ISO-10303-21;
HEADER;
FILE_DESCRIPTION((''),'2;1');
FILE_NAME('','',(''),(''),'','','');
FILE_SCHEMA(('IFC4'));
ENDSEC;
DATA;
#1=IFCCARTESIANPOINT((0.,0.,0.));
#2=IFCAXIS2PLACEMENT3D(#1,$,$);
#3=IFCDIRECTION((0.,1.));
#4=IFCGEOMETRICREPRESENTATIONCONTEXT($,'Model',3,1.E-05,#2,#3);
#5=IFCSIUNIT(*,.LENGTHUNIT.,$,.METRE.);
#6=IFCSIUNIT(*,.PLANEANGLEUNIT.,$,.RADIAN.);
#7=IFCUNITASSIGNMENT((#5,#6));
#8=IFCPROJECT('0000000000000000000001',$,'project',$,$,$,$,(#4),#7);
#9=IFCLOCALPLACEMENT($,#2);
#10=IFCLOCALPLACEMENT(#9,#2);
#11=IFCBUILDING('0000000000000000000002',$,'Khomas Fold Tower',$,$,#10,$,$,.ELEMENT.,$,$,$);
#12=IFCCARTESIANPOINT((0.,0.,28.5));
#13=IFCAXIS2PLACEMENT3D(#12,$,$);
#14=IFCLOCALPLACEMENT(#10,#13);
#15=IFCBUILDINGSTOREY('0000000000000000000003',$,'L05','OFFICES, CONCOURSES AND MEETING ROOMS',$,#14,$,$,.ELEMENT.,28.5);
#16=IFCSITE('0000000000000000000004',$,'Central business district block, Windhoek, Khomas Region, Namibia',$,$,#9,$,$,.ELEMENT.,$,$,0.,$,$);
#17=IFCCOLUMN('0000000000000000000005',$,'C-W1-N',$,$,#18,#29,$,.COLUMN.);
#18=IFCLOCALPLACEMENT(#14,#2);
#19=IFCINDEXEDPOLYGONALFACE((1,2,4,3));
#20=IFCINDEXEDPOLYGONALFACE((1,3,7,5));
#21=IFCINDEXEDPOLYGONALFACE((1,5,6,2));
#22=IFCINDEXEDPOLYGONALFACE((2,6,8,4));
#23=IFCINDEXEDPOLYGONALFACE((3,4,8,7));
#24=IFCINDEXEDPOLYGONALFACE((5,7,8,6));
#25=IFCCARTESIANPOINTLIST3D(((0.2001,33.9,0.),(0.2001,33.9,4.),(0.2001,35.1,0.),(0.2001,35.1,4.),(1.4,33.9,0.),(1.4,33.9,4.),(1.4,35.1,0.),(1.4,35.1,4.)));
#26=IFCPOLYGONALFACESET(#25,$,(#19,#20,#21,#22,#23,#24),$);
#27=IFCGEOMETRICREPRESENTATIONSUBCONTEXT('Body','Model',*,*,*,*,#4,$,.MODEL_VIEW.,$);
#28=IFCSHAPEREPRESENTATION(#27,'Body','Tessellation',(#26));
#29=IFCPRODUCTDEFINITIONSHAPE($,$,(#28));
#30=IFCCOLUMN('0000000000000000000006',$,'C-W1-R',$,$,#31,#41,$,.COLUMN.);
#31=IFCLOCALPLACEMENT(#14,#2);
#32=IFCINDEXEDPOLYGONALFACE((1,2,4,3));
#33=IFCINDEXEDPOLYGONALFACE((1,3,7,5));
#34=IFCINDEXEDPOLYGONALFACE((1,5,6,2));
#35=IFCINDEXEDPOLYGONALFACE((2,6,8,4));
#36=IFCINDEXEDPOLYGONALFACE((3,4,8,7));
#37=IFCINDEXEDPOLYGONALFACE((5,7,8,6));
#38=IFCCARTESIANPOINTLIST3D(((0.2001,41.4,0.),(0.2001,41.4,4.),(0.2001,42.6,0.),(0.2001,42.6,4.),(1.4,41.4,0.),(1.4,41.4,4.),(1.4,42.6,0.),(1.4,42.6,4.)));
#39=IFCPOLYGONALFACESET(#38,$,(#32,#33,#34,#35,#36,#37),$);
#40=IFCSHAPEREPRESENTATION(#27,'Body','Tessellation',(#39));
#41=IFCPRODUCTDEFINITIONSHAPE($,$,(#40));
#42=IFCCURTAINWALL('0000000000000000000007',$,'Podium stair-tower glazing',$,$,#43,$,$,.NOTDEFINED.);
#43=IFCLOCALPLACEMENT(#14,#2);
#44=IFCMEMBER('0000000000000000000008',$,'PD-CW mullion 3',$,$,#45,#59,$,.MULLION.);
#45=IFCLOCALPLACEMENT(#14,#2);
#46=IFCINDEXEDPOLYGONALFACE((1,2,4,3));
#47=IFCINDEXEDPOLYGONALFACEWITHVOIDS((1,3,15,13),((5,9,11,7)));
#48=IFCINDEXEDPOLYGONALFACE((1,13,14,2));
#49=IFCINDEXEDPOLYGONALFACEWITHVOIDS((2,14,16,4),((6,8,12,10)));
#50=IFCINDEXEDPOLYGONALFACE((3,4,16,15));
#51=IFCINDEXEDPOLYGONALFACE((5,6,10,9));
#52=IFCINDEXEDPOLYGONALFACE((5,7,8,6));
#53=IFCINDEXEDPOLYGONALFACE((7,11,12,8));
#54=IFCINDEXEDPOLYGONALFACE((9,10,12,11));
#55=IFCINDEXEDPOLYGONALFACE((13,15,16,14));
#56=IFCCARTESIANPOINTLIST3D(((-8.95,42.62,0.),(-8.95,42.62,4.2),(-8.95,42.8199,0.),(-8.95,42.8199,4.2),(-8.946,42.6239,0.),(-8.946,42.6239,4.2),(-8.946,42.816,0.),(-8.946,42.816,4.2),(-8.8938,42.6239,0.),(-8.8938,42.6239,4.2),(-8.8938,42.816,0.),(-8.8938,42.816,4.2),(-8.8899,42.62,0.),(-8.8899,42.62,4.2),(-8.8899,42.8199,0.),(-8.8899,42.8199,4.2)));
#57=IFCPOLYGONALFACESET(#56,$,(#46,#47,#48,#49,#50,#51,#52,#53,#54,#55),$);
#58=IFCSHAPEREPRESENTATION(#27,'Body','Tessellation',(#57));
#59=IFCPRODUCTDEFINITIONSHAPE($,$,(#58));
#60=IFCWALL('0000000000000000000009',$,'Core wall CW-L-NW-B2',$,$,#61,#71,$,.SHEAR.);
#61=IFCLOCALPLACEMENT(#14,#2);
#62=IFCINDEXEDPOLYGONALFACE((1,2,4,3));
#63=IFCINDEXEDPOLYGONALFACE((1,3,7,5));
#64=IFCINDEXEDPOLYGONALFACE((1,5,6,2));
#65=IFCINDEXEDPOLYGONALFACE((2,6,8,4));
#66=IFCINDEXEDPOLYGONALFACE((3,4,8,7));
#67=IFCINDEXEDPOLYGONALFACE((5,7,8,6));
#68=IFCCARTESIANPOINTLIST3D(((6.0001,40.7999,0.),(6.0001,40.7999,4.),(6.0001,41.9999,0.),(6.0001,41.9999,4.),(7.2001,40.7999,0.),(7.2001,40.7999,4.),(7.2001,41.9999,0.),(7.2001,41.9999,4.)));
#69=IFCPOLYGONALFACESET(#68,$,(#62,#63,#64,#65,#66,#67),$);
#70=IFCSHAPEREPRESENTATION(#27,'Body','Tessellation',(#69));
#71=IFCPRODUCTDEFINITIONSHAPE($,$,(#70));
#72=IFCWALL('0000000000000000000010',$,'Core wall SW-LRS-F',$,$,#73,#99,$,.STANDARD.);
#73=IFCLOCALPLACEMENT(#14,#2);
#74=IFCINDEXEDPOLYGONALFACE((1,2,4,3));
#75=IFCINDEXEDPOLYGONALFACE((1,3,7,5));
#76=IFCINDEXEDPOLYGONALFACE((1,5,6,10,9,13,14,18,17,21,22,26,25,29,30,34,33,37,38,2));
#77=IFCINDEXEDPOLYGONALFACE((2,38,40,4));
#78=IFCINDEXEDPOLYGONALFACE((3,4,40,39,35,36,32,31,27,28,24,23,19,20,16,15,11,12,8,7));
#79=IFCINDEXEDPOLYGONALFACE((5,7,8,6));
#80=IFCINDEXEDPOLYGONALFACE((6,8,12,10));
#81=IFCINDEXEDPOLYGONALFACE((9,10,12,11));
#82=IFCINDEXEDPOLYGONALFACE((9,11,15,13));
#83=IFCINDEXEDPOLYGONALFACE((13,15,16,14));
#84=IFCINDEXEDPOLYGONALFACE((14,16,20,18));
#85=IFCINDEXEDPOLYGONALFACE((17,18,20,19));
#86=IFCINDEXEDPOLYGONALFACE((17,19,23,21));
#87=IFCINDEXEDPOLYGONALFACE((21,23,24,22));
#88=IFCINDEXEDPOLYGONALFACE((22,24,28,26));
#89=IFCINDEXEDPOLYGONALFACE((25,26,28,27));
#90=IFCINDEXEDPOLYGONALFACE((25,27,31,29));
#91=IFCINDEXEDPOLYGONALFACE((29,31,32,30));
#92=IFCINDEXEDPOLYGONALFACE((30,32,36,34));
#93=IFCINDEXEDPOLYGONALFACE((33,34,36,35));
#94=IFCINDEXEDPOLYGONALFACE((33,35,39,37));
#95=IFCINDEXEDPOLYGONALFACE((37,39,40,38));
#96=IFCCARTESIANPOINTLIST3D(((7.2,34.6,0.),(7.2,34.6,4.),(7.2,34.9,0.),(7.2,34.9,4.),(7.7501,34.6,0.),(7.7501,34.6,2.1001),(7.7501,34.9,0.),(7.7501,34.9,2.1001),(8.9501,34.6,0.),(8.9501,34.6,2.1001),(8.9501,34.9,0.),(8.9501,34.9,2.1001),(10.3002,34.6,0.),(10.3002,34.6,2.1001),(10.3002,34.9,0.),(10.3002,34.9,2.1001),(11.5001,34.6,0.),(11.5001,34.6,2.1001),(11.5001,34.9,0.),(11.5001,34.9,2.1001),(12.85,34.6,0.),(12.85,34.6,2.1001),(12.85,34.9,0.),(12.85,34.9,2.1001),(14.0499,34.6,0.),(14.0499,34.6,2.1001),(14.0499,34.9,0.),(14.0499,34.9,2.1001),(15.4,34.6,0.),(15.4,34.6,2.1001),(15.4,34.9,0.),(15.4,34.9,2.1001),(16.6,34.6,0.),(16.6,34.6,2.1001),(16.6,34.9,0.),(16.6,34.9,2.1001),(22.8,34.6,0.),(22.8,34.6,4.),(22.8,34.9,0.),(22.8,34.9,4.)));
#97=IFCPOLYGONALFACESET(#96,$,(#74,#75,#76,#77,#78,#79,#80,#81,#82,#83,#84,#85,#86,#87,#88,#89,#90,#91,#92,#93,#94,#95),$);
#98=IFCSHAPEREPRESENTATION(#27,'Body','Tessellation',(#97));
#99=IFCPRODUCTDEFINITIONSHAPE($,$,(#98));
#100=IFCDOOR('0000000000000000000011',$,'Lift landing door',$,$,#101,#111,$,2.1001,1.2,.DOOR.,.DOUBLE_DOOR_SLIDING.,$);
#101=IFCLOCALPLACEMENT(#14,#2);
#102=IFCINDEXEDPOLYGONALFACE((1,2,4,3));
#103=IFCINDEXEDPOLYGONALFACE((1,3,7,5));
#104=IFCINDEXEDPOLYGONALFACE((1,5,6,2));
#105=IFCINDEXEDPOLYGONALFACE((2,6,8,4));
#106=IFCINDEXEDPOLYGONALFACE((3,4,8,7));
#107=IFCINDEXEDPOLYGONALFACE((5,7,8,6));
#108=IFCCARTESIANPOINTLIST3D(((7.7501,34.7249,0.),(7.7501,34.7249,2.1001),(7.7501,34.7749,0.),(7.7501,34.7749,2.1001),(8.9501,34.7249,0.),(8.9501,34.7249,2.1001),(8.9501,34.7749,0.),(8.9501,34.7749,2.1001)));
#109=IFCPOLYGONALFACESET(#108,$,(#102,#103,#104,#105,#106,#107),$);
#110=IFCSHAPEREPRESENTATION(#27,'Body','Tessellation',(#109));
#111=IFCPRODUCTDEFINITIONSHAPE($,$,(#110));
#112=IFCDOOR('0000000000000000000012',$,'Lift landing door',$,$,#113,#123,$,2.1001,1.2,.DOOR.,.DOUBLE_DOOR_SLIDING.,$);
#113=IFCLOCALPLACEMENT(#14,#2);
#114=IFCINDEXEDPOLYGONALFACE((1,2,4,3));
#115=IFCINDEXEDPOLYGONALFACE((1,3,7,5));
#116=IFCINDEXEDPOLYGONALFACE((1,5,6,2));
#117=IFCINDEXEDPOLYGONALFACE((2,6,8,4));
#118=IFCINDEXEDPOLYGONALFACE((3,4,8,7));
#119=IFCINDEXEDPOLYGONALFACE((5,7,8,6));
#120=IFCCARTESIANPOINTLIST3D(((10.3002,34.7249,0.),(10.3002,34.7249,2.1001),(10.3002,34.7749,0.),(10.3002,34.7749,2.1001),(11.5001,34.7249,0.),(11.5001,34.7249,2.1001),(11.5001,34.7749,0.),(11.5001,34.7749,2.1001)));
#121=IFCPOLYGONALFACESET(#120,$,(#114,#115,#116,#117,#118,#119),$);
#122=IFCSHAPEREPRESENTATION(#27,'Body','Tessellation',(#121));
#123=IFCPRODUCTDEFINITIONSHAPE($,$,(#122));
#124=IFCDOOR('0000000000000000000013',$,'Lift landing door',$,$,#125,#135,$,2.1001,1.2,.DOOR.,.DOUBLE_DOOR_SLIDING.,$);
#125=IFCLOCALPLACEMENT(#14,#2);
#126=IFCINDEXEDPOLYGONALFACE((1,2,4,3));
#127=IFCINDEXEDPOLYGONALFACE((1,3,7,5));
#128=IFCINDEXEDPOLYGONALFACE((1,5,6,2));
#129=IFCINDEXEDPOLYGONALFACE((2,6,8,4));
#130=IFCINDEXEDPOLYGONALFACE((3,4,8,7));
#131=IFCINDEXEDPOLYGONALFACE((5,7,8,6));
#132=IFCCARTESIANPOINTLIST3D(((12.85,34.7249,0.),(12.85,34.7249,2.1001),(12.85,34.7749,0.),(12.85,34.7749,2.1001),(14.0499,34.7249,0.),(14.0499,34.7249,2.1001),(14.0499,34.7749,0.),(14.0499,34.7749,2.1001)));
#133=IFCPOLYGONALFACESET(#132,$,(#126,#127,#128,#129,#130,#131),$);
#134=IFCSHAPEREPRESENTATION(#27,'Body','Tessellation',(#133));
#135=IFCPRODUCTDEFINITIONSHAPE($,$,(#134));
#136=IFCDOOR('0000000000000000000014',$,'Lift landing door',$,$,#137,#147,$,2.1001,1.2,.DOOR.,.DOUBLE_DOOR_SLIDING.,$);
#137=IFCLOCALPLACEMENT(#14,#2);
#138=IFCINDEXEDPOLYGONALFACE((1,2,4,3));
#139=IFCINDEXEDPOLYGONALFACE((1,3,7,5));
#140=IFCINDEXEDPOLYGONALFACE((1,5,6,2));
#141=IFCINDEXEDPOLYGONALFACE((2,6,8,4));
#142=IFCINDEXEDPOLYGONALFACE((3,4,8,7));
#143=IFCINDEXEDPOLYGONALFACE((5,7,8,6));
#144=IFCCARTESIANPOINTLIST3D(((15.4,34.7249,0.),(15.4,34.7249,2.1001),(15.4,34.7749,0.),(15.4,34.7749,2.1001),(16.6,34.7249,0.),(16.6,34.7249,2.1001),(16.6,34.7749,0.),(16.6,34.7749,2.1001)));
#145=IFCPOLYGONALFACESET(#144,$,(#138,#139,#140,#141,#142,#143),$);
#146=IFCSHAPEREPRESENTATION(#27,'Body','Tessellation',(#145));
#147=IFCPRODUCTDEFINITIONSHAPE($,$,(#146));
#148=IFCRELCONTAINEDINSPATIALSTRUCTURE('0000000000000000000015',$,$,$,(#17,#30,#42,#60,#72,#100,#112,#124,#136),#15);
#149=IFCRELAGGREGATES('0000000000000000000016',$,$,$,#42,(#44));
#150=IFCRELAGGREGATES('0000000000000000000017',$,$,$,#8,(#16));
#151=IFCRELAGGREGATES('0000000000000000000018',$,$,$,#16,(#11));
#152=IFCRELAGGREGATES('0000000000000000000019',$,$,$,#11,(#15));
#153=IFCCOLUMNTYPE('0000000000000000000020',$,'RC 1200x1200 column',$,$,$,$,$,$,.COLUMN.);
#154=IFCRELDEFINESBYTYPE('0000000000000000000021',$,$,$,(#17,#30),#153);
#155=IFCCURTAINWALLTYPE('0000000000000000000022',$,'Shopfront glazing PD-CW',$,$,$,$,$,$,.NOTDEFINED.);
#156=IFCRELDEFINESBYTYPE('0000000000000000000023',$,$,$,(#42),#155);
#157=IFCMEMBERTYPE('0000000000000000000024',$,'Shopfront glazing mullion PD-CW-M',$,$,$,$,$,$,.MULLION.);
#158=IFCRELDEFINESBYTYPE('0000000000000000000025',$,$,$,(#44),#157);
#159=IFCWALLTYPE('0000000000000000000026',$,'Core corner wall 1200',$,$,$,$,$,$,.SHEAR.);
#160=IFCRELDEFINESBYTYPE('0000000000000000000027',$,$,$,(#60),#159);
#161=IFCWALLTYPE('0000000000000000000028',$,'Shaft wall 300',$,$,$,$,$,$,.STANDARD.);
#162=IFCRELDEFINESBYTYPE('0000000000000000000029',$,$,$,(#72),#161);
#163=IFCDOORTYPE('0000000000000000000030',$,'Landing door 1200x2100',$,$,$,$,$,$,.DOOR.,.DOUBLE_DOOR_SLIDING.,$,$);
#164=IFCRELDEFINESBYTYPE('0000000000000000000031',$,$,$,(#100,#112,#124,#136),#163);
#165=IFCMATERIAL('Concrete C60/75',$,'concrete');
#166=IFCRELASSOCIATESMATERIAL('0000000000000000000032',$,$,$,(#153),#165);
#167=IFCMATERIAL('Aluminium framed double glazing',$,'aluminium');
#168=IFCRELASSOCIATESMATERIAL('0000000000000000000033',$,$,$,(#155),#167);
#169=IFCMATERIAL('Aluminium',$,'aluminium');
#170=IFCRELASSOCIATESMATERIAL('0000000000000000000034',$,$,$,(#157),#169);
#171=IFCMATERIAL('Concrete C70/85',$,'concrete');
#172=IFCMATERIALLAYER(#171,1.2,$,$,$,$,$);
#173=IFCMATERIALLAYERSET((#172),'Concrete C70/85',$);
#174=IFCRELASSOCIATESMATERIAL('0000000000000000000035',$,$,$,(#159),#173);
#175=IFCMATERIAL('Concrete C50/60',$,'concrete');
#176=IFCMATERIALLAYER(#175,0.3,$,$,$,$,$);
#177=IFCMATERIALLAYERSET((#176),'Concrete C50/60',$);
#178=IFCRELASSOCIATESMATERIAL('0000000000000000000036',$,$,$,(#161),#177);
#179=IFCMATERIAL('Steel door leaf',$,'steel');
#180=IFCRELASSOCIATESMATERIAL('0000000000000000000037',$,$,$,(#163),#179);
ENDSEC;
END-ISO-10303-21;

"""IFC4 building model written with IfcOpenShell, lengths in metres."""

from ifc_helpers import new_model, si_unit, direction, frame, frame_2d, origin, origin_2d, place, context, subcontext, project, spatial, rectangle, hollow_rectangle, extrude, source, transform, mapped, material, layer, layer_set, material_profile, profile_set, type_object, element, fill, aggregate, save


model = new_model("IFC4")

# Units and contexts
model_context = context("Model", 3, precision=1e-05, world=origin(), true_north=direction((0.0, 1.0)))
body_context = subcontext(model_context, "Body", "Model", "MODEL_VIEW")
ifc_project = project(units=[si_unit("LENGTHUNIT", "METRE"), si_unit("PLANEANGLEUNIT", "RADIAN")], contexts=[model_context])

# Site, building, storey
site_placement = place(None, origin())
site = spatial("IfcSite", under=ifc_project, at=site_placement, Name="Central business district block, Windhoek, Khomas Region, Namibia", CompositionType="ELEMENT", RefElevation=0.0)
building_placement = place(site_placement, origin())
building = spatial("IfcBuilding", under=site, at=building_placement, Name="Khomas Fold Tower", CompositionType="ELEMENT")
storey_placement = place(building_placement, frame((0.0, 0.0, 28.5)))
storey = spatial("IfcBuildingStorey", under=building, at=storey_placement, Name="L05", Description="OFFICES, CONCOURSES AND MEETING ROOMS", CompositionType="ELEMENT", Elevation=28.5)

# Columns
ifc_material_1 = material(Name="Concrete C60/75", Category="concrete")
ifc_material_profile_1 = material_profile(ifc_material_1, rectangle(XDim=1.2, YDim=1.2, at=origin_2d()), Name="RC 1200x1200")
ifc_profile_set_1 = profile_set([ifc_material_profile_1], Name="Concrete C60/75")
column_type = type_object("IfcColumnType", Name="RC 1200x1200 column", PredefinedType="COLUMN", material=ifc_profile_set_1)
shared_shape_1 = source(origin(), body_context, "Body", "SweptSolid", [
    extrude(rectangle(XDim=1.2, YDim=1.2, at=origin_2d()), origin(), (0.0, 0.0, 1.0), 4.0),
])
for number, where, z_axis, x_axis, name in (
    (1, (0.8, 34.5, 0.0), (0.0, 0.0, 1.0), (1.0, 0.0, 0.0), "C-W1-N"),
    (2, (0.8, 42.0, 0.0), (0.0, 0.0, 1.0), (1.0, 0.0, 0.0), "C-W1-R"),
):
    element("IfcColumn", number, at=place(storey_placement, frame(where, z_axis=z_axis, x_axis=x_axis)), inside=storey, type_object=column_type, Name=name, PredefinedType="COLUMN", context=body_context, shape_type="MappedRepresentation", body=[
        mapped(shared_shape_1, transform((0.0, 0.0, 0.0))),
    ])

# Curtain wall, member
ifc_material_2 = material(Name="Aluminium framed double glazing", Category="aluminium")
curtain_wall_type = type_object("IfcCurtainWallType", Name="Shopfront glazing PD-CW", PredefinedType="NOTDEFINED", material=ifc_material_2)
curtain_wall_placement = place(storey_placement, origin())
curtain_wall = element("IfcCurtainWall", 3, at=curtain_wall_placement, inside=storey, type_object=curtain_wall_type, Name="Podium stair-tower glazing", PredefinedType="NOTDEFINED")
ifc_material_3 = material(Name="Aluminium", Category="aluminium")
ifc_material_profile_2 = material_profile(ifc_material_3, hollow_rectangle(XDim=0.0601, YDim=0.2, WallThickness=0.0039, at=origin_2d()), Name="Shopfront glazing mullion PD-CW-M")
ifc_profile_set_2 = profile_set([ifc_material_profile_2], Name="Aluminium")
member_type = type_object("IfcMemberType", Name="Shopfront glazing mullion PD-CW-M", PredefinedType="MULLION", material=ifc_profile_set_2)
shared_shape_2 = source(origin(), body_context, "Body", "SweptSolid", [
    extrude(hollow_rectangle(XDim=0.0601, YDim=0.2, WallThickness=0.0039, at=origin_2d()), origin(), (0.0, 0.0, 1.0), 4.2),
])
member_placement = place(storey_placement, frame((-8.9199, 42.72, 0.0), z_axis=(0.0, 0.0, 1.0), x_axis=(1.0, 0.0, 0.0)))
member = element("IfcMember", 4, at=member_placement, type_object=member_type, Name="PD-CW mullion 3", PredefinedType="MULLION", context=body_context, shape_type="MappedRepresentation", body=[
    mapped(shared_shape_2, transform((0.0, 0.0, 0.0))),
])
aggregate(curtain_wall, [member])

# Wall
ifc_material_4 = material(Name="Concrete C70/85", Category="concrete")
ifc_layer_1 = layer(ifc_material_4, 1.2)
ifc_layer_set_1 = layer_set([ifc_layer_1], Name="Concrete C70/85")
wall_type_1 = type_object("IfcWallType", Name="Core corner wall 1200", PredefinedType="SHEAR", material=ifc_layer_set_1)
shared_shape_3 = source(origin(), body_context, "Body", "SweptSolid", [
    extrude(rectangle(XDim=1.2, YDim=1.2, at=frame_2d((0.6001, 0.0))), origin(), (0.0, 0.0, 1.0), 4.0),
])
wall_1_placement = place(storey_placement, frame((6.0, 41.3999, 0.0), z_axis=(0.0, 0.0, 1.0), x_axis=(1.0, 0.0, 0.0)))
element("IfcWall", 5, at=wall_1_placement, inside=storey, type_object=wall_type_1, Name="Core wall CW-L-NW-B2", PredefinedType="SHEAR", context=body_context, shape_type="MappedRepresentation", body=[
    mapped(shared_shape_3, transform((0.0, 0.0, 0.0))),
])

# Wall, openings, doors
ifc_material_5 = material(Name="Concrete C50/60", Category="concrete")
ifc_layer_2 = layer(ifc_material_5, 0.3)
ifc_layer_set_2 = layer_set([ifc_layer_2], Name="Concrete C50/60")
wall_type_2 = type_object("IfcWallType", Name="Shaft wall 300", PredefinedType="STANDARD", material=ifc_layer_set_2)
shared_shape_4 = source(origin(), body_context, "Body", "SweptSolid", [
    extrude(rectangle(XDim=15.6001, YDim=0.3, at=frame_2d((7.8, 0.0))), origin(), (0.0, 0.0, 1.0), 4.0),
])
wall_2_placement = place(storey_placement, frame((7.2, 34.75, 0.0), z_axis=(0.0, 0.0, 1.0), x_axis=(1.0, 0.0, 0.0)))
wall_2 = element("IfcWall", 6, at=wall_2_placement, inside=storey, type_object=wall_type_2, Name="Core wall SW-LRS-F", PredefinedType="STANDARD", context=body_context, shape_type="MappedRepresentation", body=[
    mapped(shared_shape_4, transform((0.0, 0.0, 0.0))),
])
shared_shape_5 = source(origin(), body_context, "Body", "SweptSolid", [
    extrude(rectangle(XDim=1.2, YDim=2.1001, at=frame_2d((0.6001, 1.05))), frame((0.0, 0.1599, 0.0), z_axis=(0.0, -1.0, 0.0), x_axis=(1.0, 0.0, 0.0)), (0.0, 0.0, 1.0), 0.3201),
])
opening_1_placement = place(wall_2_placement, frame((0.55, 0.0, 0.0)))
opening_1 = element("IfcOpeningElement", 7, at=opening_1_placement, cuts=wall_2, PredefinedType="OPENING", context=body_context, shape_type="MappedRepresentation", body=[
    mapped(shared_shape_5, transform((0.0, 0.0, 0.0))),
])
opening_2_placement = place(wall_2_placement, frame((3.1001, 0.0, 0.0)))
opening_2 = element("IfcOpeningElement", 8, at=opening_2_placement, cuts=wall_2, PredefinedType="OPENING", context=body_context, shape_type="MappedRepresentation", body=[
    mapped(shared_shape_5, transform((0.0, 0.0, 0.0))),
])
opening_3_placement = place(wall_2_placement, frame((5.6499, 0.0, 0.0)))
opening_3 = element("IfcOpeningElement", 9, at=opening_3_placement, cuts=wall_2, PredefinedType="OPENING", context=body_context, shape_type="MappedRepresentation", body=[
    mapped(shared_shape_5, transform((0.0, 0.0, 0.0))),
])
opening_4_placement = place(wall_2_placement, frame((8.2, 0.0, 0.0)))
opening_4 = element("IfcOpeningElement", 10, at=opening_4_placement, cuts=wall_2, PredefinedType="OPENING", context=body_context, shape_type="MappedRepresentation", body=[
    mapped(shared_shape_5, transform((0.0, 0.0, 0.0))),
])
ifc_material_6 = material(Name="Steel door leaf", Category="steel")
door_type_1 = type_object("IfcDoorType", Name="Landing door 1200x2100", OperationType="DOUBLE_DOOR_SLIDING", PredefinedType="DOOR", material=ifc_material_6)
shared_shape_6 = source(origin(), body_context, "Body", "SweptSolid", [
    extrude(rectangle(XDim=1.2, YDim=2.1001, at=frame_2d((0.6001, 1.05))), frame((0.0, 0.0249, 0.0), z_axis=(0.0, -1.0, 0.0), x_axis=(1.0, 0.0, 0.0)), (0.0, 0.0, 1.0), 0.05),
])
door_1_placement = place(opening_1_placement, origin())
door_1 = element("IfcDoor", 11, at=door_1_placement, inside=storey, type_object=door_type_1, Name="Lift landing door", OperationType="DOUBLE_DOOR_SLIDING", OverallHeight=2.1001, OverallWidth=1.2, PredefinedType="DOOR", context=body_context, shape_type="MappedRepresentation", body=[
    mapped(shared_shape_6, transform((0.0, 0.0, 0.0))),
])
fill(opening_1, door_1)
door_2_placement = place(opening_2_placement, origin())
door_2 = element("IfcDoor", 12, at=door_2_placement, inside=storey, type_object=door_type_1, Name="Lift landing door", OperationType="DOUBLE_DOOR_SLIDING", OverallHeight=2.1001, OverallWidth=1.2, PredefinedType="DOOR", context=body_context, shape_type="MappedRepresentation", body=[
    mapped(shared_shape_6, transform((0.0, 0.0, 0.0))),
])
fill(opening_2, door_2)
door_3_placement = place(opening_3_placement, origin())
door_3 = element("IfcDoor", 13, at=door_3_placement, inside=storey, type_object=door_type_1, Name="Lift landing door", OperationType="DOUBLE_DOOR_SLIDING", OverallHeight=2.1001, OverallWidth=1.2, PredefinedType="DOOR", context=body_context, shape_type="MappedRepresentation", body=[
    mapped(shared_shape_6, transform((0.0, 0.0, 0.0))),
])
fill(opening_3, door_3)
door_4_placement = place(opening_4_placement, origin())
door_4 = element("IfcDoor", 14, at=door_4_placement, inside=storey, type_object=door_type_1, Name="Lift landing door", OperationType="DOUBLE_DOOR_SLIDING", OverallHeight=2.1001, OverallWidth=1.2, PredefinedType="DOOR", context=body_context, shape_type="MappedRepresentation", body=[
    mapped(shared_shape_6, transform((0.0, 0.0, 0.0))),
])
fill(opening_4, door_4)

save(model, "model.ifc")
